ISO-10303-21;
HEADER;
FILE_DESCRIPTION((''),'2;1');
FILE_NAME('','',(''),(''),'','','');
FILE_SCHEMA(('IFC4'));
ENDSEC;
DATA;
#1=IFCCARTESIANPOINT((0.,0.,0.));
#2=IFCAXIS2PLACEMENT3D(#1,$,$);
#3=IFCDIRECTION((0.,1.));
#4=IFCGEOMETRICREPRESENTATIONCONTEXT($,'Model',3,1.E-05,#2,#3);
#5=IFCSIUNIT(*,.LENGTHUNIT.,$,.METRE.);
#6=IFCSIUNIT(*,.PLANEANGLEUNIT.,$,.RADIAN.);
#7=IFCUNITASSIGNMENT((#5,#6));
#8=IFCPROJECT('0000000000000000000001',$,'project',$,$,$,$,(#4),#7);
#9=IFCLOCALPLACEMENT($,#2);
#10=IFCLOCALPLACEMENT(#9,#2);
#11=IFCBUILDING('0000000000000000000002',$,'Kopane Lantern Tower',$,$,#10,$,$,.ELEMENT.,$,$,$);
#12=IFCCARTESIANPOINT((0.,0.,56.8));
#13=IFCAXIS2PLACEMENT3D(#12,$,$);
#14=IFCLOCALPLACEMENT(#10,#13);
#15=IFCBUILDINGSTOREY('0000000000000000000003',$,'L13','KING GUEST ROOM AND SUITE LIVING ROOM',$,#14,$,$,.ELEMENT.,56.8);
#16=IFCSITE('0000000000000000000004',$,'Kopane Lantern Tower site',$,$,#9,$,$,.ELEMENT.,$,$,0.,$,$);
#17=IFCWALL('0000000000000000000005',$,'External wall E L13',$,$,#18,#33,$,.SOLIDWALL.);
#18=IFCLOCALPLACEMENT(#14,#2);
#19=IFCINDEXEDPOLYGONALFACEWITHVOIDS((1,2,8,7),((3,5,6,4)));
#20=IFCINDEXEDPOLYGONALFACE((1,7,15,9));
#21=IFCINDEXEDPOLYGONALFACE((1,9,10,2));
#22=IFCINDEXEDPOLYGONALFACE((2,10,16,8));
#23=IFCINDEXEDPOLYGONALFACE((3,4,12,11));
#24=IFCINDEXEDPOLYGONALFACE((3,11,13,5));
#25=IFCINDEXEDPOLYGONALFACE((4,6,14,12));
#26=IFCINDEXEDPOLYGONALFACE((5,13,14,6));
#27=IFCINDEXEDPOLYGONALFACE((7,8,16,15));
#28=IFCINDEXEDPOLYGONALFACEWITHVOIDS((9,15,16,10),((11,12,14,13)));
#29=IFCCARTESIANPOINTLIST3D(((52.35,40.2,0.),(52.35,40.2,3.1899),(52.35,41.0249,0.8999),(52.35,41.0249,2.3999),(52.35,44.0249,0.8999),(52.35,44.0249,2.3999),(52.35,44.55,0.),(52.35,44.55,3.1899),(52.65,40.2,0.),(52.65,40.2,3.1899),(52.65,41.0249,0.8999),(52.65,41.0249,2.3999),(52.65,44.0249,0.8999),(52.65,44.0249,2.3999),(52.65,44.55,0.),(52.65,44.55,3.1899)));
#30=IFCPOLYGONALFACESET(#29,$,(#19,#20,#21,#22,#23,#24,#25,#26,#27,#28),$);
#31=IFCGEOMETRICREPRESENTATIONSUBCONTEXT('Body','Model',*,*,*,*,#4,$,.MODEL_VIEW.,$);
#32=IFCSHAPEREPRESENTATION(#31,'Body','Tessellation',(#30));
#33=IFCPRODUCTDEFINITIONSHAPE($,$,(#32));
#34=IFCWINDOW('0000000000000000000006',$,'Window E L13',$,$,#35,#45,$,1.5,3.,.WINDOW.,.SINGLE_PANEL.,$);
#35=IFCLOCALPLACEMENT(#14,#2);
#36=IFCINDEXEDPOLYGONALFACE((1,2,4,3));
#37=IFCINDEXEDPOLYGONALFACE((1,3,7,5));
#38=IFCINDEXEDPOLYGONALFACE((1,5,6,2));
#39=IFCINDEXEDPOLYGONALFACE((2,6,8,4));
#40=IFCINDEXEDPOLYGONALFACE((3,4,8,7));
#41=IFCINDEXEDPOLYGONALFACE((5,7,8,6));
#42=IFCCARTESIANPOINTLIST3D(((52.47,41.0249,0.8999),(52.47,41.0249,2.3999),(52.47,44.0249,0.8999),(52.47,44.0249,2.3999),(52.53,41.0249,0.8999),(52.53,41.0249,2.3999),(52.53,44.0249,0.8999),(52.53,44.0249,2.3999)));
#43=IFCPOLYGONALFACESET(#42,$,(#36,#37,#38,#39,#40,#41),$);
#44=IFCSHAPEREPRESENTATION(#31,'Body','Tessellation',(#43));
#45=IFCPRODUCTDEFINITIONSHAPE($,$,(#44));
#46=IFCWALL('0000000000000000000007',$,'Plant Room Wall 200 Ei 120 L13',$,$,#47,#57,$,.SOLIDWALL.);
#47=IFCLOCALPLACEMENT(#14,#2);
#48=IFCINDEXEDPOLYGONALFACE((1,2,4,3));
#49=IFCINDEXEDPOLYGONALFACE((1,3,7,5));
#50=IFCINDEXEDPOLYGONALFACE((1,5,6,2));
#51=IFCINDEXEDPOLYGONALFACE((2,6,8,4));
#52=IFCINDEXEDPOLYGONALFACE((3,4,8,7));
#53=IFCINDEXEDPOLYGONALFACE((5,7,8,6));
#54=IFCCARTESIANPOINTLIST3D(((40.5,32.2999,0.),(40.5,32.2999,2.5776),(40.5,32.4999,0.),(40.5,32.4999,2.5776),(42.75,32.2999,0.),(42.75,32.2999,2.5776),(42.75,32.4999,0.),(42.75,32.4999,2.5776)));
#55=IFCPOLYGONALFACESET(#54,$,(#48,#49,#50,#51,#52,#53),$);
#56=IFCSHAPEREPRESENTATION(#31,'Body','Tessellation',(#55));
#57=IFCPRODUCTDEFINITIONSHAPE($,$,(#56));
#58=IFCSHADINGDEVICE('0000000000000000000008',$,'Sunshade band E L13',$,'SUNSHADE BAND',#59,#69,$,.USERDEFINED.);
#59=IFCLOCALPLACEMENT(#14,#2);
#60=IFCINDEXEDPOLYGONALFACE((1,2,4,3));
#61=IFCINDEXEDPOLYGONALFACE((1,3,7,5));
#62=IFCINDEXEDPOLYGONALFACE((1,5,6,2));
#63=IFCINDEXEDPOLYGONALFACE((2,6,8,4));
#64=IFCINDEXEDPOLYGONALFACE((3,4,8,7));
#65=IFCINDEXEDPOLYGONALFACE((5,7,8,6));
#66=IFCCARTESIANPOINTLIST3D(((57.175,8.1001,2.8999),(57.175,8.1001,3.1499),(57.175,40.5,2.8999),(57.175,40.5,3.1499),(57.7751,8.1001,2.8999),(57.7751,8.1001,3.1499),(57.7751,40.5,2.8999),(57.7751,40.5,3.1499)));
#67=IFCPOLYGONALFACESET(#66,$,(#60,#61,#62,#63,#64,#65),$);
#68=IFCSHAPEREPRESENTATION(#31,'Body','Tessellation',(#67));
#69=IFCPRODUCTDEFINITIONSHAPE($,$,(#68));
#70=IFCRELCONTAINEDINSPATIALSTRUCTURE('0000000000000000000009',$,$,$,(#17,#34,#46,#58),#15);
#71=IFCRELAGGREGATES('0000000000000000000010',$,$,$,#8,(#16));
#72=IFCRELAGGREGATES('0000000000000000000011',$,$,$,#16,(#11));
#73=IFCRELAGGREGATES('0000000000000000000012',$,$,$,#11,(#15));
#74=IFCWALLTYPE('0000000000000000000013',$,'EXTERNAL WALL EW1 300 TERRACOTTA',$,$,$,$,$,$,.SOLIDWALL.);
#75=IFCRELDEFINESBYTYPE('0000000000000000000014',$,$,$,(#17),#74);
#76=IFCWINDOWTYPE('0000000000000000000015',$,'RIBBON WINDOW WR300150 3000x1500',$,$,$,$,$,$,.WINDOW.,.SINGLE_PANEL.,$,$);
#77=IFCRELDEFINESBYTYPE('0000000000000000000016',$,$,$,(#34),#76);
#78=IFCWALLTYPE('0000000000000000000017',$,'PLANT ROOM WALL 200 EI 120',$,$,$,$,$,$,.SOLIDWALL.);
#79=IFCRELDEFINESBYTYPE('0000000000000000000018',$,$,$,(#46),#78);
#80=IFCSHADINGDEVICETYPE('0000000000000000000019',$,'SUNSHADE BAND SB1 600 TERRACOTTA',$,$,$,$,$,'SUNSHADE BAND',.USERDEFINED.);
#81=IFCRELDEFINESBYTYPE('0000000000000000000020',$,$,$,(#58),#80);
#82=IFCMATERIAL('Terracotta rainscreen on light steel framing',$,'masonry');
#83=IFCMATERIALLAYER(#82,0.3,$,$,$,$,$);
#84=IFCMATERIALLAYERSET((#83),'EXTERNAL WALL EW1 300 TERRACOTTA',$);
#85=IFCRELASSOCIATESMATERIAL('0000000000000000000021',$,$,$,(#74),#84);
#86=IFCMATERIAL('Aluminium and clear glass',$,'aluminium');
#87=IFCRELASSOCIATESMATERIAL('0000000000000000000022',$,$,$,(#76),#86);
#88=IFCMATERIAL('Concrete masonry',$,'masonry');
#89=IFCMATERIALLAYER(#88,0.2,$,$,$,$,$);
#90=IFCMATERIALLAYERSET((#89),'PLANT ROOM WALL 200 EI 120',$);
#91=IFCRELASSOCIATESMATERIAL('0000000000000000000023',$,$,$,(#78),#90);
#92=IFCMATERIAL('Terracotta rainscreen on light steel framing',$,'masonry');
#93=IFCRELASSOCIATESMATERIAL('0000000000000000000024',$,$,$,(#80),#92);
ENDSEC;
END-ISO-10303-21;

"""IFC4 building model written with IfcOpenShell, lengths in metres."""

from ifc_helpers import new_model, si_unit, direction, frame, frame_2d, origin, origin_2d, place, context, subcontext, project, spatial, rectangle, extrude, material, layer, layer_set, type_object, element, fill, save


model = new_model("IFC4")

# Units and contexts
model_context = context("Model", 3, precision=1e-05, world=origin(), true_north=direction((0.0, 1.0)))
body_context = subcontext(model_context, "Body", "Model", "MODEL_VIEW")
ifc_project = project(units=[si_unit("LENGTHUNIT", "METRE"), si_unit("PLANEANGLEUNIT", "RADIAN")], contexts=[model_context])

# Site, building, storey
site_placement = place(None, origin())
site = spatial("IfcSite", under=ifc_project, at=site_placement, Name="Kopane Lantern Tower site", CompositionType="ELEMENT", RefElevation=0.0)
building_placement = place(site_placement, origin())
building = spatial("IfcBuilding", under=site, at=building_placement, Name="Kopane Lantern Tower", CompositionType="ELEMENT")
storey_placement = place(building_placement, frame((0.0, 0.0, 56.8)))
storey = spatial("IfcBuildingStorey", under=building, at=storey_placement, Name="L13", Description="KING GUEST ROOM AND SUITE LIVING ROOM", CompositionType="ELEMENT", Elevation=56.8)

# Wall, opening, window
ifc_material_1 = material(Name="Terracotta rainscreen on light steel framing", Category="masonry")
ifc_layer_1 = layer(ifc_material_1, 0.3)
ifc_layer_set_1 = layer_set([ifc_layer_1], Name="EXTERNAL WALL EW1 300 TERRACOTTA")
wall_type_1 = type_object("IfcWallType", Name="EXTERNAL WALL EW1 300 TERRACOTTA", PredefinedType="SOLIDWALL", material=ifc_layer_set_1)
ifc_material_2 = material(Name="Aluminium and clear glass", Category="aluminium")
window_type = type_object("IfcWindowType", Name="RIBBON WINDOW WR300150 3000x1500", PartitioningType="SINGLE_PANEL", PredefinedType="WINDOW", material=ifc_material_2)
wall_1_placement = place(storey_placement, frame((52.5, 40.2, 0.0), z_axis=(0.0, 0.0, 1.0), x_axis=(0.0, 1.0, 0.0)))
wall_1 = element("IfcWall", 1, at=wall_1_placement, inside=storey, type_object=wall_type_1, Name="External wall E L13", PredefinedType="SOLIDWALL", context=body_context, shape_type="SweptSolid", body=[
    extrude(rectangle(XDim=4.3501, YDim=0.3, at=frame_2d((2.175, 0.0))), origin(), (0.0, 0.0, 1.0), 3.1899),
])
opening_1_placement = place(wall_1_placement, frame((0.825, 0.0, 0.8999)))
opening_1 = element("IfcOpeningElement", 2, at=opening_1_placement, cuts=wall_1, PredefinedType="OPENING", context=body_context, shape_type="SweptSolid", body=[
    extrude(rectangle(XDim=3.0, YDim=1.5, at=frame_2d((1.5, 0.75))), frame((0.0, 0.1599, 0.0), z_axis=(0.0, -1.0, 0.0), x_axis=(1.0, 0.0, 0.0)), (0.0, 0.0, 1.0), 0.3201),
])
window_1_placement = place(opening_1_placement, origin())
window_1 = element("IfcWindow", 3, at=window_1_placement, inside=storey, type_object=window_type, Name="Window E L13", OverallHeight=1.5, OverallWidth=3.0, PartitioningType="SINGLE_PANEL", PredefinedType="WINDOW", context=body_context, shape_type="SweptSolid", body=[
    extrude(rectangle(XDim=3.0, YDim=1.5, at=frame_2d((1.5, 0.75))), frame((0.0, 0.03, 0.0), z_axis=(0.0, -1.0, 0.0), x_axis=(1.0, 0.0, 0.0)), (0.0, 0.0, 1.0), 0.0601),
])
fill(opening_1, window_1)

# Wall
ifc_material_3 = material(Name="Concrete masonry", Category="masonry")
ifc_layer_2 = layer(ifc_material_3, 0.2)
ifc_layer_set_2 = layer_set([ifc_layer_2], Name="PLANT ROOM WALL 200 EI 120")
wall_type_2 = type_object("IfcWallType", Name="PLANT ROOM WALL 200 EI 120", PredefinedType="SOLIDWALL", material=ifc_layer_set_2)
wall_2_placement = place(storey_placement, frame((40.5, 32.3999, 0.0), z_axis=(0.0, 0.0, 1.0), x_axis=(1.0, 0.0, 0.0)))
element("IfcWall", 4, at=wall_2_placement, inside=storey, type_object=wall_type_2, Name="Plant Room Wall 200 Ei 120 L13", PredefinedType="SOLIDWALL", context=body_context, shape_type="SweptSolid", body=[
    extrude(rectangle(XDim=2.25, YDim=0.2, at=frame_2d((1.125, 0.0))), origin(), (0.0, 0.0, 1.0), 2.5776),
])

# Shading device
ifc_material_4 = material(Name="Terracotta rainscreen on light steel framing", Category="masonry")
shading_device_type = type_object("IfcShadingDeviceType", Name="SUNSHADE BAND SB1 600 TERRACOTTA", ElementType="SUNSHADE BAND", PredefinedType="USERDEFINED", material=ifc_material_4)
shading_device_placement = place(storey_placement, frame((57.4751, 24.3, 2.8999), z_axis=(0.0, 0.0, 1.0), x_axis=(0.0, 1.0, 0.0)))
element("IfcShadingDevice", 5, at=shading_device_placement, inside=storey, type_object=shading_device_type, Name="Sunshade band E L13", ObjectType="SUNSHADE BAND", PredefinedType="USERDEFINED", context=body_context, shape_type="SweptSolid", body=[
    extrude(rectangle(XDim=32.3999, YDim=0.6001, at=origin_2d()), origin(), (0.0, 0.0, 1.0), 0.25),
])

save(model, "model.ifc")
